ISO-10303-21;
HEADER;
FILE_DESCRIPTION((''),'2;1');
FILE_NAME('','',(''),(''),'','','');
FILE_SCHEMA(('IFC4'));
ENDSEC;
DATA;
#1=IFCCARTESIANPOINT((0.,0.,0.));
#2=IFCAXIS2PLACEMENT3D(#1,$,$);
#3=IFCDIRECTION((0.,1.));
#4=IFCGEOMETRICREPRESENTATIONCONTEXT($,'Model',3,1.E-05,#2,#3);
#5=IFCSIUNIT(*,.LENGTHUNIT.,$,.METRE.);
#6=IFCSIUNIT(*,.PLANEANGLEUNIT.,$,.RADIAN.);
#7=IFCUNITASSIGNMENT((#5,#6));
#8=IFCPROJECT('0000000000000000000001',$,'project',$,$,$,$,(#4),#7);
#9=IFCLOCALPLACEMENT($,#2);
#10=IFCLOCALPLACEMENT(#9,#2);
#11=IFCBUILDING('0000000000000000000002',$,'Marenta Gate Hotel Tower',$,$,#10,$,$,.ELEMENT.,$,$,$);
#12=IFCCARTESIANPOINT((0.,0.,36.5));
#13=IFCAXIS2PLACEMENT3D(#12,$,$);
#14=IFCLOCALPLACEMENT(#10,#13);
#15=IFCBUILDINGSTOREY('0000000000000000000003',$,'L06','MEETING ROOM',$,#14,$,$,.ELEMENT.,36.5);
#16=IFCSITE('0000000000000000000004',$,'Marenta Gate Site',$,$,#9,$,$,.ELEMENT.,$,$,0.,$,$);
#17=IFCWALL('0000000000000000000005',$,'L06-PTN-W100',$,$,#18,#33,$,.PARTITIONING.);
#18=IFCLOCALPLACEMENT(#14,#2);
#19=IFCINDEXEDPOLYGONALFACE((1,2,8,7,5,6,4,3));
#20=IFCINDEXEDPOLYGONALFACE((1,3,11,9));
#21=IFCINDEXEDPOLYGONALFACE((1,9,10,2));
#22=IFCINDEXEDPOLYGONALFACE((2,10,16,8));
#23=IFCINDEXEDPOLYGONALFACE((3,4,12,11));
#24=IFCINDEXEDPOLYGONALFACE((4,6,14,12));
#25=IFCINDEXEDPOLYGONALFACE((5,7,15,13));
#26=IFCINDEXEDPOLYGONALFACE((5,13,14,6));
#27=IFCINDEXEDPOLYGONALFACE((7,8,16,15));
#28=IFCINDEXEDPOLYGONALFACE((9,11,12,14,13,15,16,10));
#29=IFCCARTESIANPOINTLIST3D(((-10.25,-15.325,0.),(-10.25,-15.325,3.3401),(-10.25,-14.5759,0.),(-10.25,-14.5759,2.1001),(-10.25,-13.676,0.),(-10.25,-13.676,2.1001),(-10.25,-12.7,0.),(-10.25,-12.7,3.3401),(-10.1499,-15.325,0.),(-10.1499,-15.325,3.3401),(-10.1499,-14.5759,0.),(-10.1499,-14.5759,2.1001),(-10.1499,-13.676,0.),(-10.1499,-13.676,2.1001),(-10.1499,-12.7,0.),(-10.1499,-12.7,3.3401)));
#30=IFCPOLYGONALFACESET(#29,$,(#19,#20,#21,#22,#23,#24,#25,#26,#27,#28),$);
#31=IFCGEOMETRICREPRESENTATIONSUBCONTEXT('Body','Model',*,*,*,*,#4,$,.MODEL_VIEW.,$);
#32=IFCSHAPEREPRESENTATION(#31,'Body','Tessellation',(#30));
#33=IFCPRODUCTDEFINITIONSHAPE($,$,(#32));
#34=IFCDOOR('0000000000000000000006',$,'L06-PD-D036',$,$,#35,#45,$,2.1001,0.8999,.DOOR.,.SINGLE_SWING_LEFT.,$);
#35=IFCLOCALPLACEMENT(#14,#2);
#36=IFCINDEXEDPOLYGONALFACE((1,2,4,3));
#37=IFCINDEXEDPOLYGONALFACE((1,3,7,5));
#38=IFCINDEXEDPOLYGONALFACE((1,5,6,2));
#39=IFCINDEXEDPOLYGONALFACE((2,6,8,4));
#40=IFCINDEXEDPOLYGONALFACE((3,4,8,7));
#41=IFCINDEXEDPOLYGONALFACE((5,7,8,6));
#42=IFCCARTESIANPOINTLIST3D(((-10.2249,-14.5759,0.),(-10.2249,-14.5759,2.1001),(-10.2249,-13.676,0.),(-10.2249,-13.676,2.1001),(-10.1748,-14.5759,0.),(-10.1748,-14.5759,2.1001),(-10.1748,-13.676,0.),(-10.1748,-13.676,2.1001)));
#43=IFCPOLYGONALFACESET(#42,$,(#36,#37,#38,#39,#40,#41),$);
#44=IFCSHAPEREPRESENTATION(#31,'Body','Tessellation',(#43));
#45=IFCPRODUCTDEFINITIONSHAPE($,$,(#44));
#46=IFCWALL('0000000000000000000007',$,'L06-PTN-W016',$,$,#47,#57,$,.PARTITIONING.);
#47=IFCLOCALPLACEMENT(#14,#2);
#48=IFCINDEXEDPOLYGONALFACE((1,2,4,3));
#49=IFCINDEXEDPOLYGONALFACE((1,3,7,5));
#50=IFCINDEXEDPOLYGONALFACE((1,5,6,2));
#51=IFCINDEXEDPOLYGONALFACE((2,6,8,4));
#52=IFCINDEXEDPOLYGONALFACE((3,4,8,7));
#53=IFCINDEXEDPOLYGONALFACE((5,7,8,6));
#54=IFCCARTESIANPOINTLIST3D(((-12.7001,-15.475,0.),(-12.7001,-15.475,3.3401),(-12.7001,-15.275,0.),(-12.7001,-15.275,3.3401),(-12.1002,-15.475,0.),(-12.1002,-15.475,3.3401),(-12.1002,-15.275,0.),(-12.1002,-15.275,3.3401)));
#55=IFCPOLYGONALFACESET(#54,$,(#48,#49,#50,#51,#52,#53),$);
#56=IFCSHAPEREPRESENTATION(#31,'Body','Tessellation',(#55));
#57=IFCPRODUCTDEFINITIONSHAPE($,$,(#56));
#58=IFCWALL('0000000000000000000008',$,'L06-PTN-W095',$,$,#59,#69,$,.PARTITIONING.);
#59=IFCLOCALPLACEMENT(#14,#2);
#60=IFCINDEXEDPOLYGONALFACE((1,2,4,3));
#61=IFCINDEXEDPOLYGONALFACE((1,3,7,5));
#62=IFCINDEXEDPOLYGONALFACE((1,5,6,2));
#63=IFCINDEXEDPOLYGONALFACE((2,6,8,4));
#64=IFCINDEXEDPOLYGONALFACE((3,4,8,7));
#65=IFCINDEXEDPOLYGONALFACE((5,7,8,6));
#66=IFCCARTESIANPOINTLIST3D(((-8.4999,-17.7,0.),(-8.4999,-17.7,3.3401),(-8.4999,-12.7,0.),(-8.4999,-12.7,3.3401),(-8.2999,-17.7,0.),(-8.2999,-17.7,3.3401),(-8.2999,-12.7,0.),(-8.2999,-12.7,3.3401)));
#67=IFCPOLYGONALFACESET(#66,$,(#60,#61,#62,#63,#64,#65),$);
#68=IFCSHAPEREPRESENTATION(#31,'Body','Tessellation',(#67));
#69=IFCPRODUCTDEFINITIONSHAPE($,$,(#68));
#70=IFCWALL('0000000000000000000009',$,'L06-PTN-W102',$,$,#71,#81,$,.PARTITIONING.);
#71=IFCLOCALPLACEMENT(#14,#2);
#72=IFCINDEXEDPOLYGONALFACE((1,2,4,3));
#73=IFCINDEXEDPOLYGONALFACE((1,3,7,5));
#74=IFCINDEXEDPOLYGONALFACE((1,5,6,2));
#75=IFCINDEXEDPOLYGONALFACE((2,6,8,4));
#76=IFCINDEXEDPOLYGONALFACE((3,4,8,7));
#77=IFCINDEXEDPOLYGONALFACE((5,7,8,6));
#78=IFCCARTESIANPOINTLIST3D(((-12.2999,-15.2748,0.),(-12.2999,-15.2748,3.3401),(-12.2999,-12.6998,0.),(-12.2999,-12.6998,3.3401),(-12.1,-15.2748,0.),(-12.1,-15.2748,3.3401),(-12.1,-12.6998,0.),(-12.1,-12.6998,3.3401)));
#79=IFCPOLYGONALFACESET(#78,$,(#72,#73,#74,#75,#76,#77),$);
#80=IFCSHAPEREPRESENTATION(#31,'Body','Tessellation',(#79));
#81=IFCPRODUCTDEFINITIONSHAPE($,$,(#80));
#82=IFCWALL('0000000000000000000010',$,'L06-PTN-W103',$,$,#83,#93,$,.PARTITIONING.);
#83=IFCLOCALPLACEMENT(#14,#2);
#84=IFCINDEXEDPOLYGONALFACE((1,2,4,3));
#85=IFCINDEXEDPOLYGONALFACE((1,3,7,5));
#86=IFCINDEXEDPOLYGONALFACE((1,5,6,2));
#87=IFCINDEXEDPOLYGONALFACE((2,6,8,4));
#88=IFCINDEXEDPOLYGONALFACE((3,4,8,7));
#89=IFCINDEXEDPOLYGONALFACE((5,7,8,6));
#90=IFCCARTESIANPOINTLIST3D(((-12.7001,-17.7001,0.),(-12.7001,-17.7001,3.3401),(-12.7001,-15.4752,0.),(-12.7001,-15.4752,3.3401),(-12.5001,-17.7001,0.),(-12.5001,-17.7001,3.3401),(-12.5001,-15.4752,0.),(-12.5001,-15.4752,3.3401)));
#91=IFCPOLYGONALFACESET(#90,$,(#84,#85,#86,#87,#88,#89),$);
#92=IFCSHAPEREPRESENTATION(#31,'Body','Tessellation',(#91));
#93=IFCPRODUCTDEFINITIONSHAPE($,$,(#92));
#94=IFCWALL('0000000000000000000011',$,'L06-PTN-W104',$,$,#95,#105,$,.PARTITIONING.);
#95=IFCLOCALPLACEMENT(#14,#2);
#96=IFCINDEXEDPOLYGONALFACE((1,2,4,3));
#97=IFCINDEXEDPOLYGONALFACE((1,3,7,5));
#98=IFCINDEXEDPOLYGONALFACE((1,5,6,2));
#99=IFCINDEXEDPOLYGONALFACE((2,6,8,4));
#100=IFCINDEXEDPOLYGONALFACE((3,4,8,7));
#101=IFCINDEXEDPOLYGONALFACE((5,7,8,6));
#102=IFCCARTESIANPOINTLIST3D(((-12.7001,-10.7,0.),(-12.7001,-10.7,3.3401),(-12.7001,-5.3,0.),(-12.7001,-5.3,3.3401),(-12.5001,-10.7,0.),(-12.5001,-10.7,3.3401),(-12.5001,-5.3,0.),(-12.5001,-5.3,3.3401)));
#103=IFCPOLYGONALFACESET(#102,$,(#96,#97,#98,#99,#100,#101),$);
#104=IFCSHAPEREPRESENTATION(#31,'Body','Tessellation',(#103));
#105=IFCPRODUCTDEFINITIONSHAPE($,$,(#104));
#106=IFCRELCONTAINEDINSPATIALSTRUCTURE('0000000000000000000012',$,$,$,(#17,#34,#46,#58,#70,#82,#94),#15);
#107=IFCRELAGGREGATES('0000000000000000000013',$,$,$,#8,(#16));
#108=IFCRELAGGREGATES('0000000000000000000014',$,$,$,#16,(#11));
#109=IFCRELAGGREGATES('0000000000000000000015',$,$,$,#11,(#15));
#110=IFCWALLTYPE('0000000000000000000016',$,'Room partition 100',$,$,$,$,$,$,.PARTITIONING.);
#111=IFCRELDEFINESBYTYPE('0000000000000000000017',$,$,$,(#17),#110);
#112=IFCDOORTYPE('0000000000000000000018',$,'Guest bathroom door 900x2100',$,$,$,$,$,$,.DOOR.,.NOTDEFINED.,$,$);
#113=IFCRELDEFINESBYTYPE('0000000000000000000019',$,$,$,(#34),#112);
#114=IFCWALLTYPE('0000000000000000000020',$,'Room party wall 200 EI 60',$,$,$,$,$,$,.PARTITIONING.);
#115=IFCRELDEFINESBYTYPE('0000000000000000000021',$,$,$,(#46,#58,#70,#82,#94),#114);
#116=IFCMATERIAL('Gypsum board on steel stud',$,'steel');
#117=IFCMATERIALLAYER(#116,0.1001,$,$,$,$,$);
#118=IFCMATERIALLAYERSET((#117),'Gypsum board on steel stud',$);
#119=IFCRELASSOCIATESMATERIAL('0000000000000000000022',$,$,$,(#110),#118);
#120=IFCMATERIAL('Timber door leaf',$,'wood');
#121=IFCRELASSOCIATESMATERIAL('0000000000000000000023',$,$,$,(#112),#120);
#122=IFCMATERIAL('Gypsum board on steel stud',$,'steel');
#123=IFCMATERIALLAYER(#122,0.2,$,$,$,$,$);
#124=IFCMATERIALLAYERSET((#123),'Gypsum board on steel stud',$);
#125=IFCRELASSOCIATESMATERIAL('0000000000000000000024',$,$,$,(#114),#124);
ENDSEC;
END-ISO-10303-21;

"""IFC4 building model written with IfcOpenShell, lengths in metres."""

from ifc_helpers import new_model, si_unit, direction, frame, frame_2d, origin, place, context, subcontext, project, spatial, rectangle, extrude, material, layer, layer_set, type_object, element, fill, save


model = new_model("IFC4")

# Units and contexts
model_context = context("Model", 3, precision=1e-05, world=origin(), true_north=direction((0.0, 1.0)))
body_context = subcontext(model_context, "Body", "Model", "MODEL_VIEW")
ifc_project = project(units=[si_unit("LENGTHUNIT", "METRE"), si_unit("PLANEANGLEUNIT", "RADIAN")], contexts=[model_context])

# Site, building, storey
site_placement = place(None, origin())
site = spatial("IfcSite", under=ifc_project, at=site_placement, Name="Marenta Gate Site", CompositionType="ELEMENT", RefElevation=0.0)
building_placement = place(site_placement, origin())
building = spatial("IfcBuilding", under=site, at=building_placement, Name="Marenta Gate Hotel Tower", CompositionType="ELEMENT")
storey_placement = place(building_placement, frame((0.0, 0.0, 36.5)))
storey = spatial("IfcBuildingStorey", under=building, at=storey_placement, Name="L06", Description="MEETING ROOM", CompositionType="ELEMENT", Elevation=36.5)

# Shared definitions
ifc_material_1 = material(Name="Gypsum board on steel stud", Category="steel")
ifc_layer_1 = layer(ifc_material_1, 0.1001)
ifc_layer_set_1 = layer_set([ifc_layer_1], Name="Gypsum board on steel stud")
wall_type_1 = type_object("IfcWallType", Name="Room partition 100", PredefinedType="PARTITIONING", material=ifc_layer_set_1)

# Wall, opening, door
wall_1_placement = place(storey_placement, frame((-10.2, -15.325, 0.0), z_axis=(0.0, 0.0, 1.0), x_axis=(0.0, 1.0, 0.0)))
wall_1 = element("IfcWall", 1, at=wall_1_placement, inside=storey, type_object=wall_type_1, Name="L06-PTN-W100", PredefinedType="PARTITIONING", context=body_context, shape_type="SweptSolid", body=[
    extrude(rectangle(XDim=2.625, YDim=0.1001, at=frame_2d((1.3125, 0.0))), origin(), (0.0, 0.0, 1.0), 3.3401),
])
opening_placement = place(wall_1_placement, frame((0.749, 0.0, 0.0)))
opening = element("IfcOpeningElement", 2, at=opening_placement, cuts=wall_1, PredefinedType="OPENING", context=body_context, shape_type="SweptSolid", body=[
    extrude(rectangle(XDim=0.8999, YDim=2.1001, at=frame_2d((0.45, 1.05))), frame((0.0, 0.05, 0.0), z_axis=(0.0, -1.0, 0.0), x_axis=(1.0, 0.0, 0.0)), (0.0, 0.0, 1.0), 0.1001),
])
ifc_material_2 = material(Name="Timber door leaf", Category="wood")
door_type = type_object("IfcDoorType", Name="Guest bathroom door 900x2100", OperationType="NOTDEFINED", PredefinedType="DOOR", material=ifc_material_2)
door_placement = place(opening_placement, origin())
door = element("IfcDoor", 3, at=door_placement, inside=storey, type_object=door_type, Name="L06-PD-D036", OperationType="SINGLE_SWING_LEFT", OverallHeight=2.1001, OverallWidth=0.8999, PredefinedType="DOOR", context=body_context, shape_type="SweptSolid", body=[
    extrude(rectangle(XDim=0.8999, YDim=2.1001, at=frame_2d((0.45, 1.05))), frame((0.0, 0.0249, 0.0), z_axis=(0.0, -1.0, 0.0), x_axis=(1.0, 0.0, 0.0)), (0.0, 0.0, 1.0), 0.05),
])
fill(opening, door)

# Walls
ifc_material_3 = material(Name="Gypsum board on steel stud", Category="steel")
ifc_layer_2 = layer(ifc_material_3, 0.2)
ifc_layer_set_2 = layer_set([ifc_layer_2], Name="Gypsum board on steel stud")
wall_type_2 = type_object("IfcWallType", Name="Room party wall 200 EI 60", PredefinedType="PARTITIONING", material=ifc_layer_set_2)
wall_2_placement = place(storey_placement, frame((-12.7, -15.375, 0.0), z_axis=(0.0, 0.0, 1.0), x_axis=(1.0, 0.0, 0.0)))
element("IfcWall", 4, at=wall_2_placement, inside=storey, type_object=wall_type_2, Name="L06-PTN-W016", PredefinedType="PARTITIONING", context=body_context, shape_type="SweptSolid", body=[
    extrude(rectangle(XDim=0.5999, YDim=0.2, at=frame_2d((0.2998, 0.0))), origin(), (0.0, 0.0, 1.0), 3.3401),
])
wall_3_placement = place(storey_placement, frame((-8.3999, -17.7, 0.0), z_axis=(0.0, 0.0, 1.0), x_axis=(0.0, 1.0, 0.0)))
element("IfcWall", 5, at=wall_3_placement, inside=storey, type_object=wall_type_2, Name="L06-PTN-W095", PredefinedType="PARTITIONING", context=body_context, shape_type="SweptSolid", body=[
    extrude(rectangle(XDim=5.0, YDim=0.2, at=frame_2d((2.5, 0.0))), origin(), (0.0, 0.0, 1.0), 3.3401),
])
wall_4_placement = place(storey_placement, frame((-12.2, -15.2749, 0.0), z_axis=(0.0, 0.0, 1.0), x_axis=(0.0, 1.0, 0.0)))
element("IfcWall", 6, at=wall_4_placement, inside=storey, type_object=wall_type_2, Name="L06-PTN-W102", PredefinedType="PARTITIONING", context=body_context, shape_type="SweptSolid", body=[
    extrude(rectangle(XDim=2.575, YDim=0.2, at=frame_2d((1.2876, 0.0))), origin(), (0.0, 0.0, 1.0), 3.3401),
])
wall_5_placement = place(storey_placement, frame((-12.6001, -17.7, 0.0), z_axis=(0.0, 0.0, 1.0), x_axis=(0.0, 1.0, 0.0)))
element("IfcWall", 7, at=wall_5_placement, inside=storey, type_object=wall_type_2, Name="L06-PTN-W103", PredefinedType="PARTITIONING", context=body_context, shape_type="SweptSolid", body=[
    extrude(rectangle(XDim=2.2249, YDim=0.2, at=frame_2d((1.1123, 0.0))), origin(), (0.0, 0.0, 1.0), 3.3401),
])
wall_6_placement = place(storey_placement, frame((-12.6001, -10.7, 0.0), z_axis=(0.0, 0.0, 1.0), x_axis=(0.0, 1.0, 0.0)))
element("IfcWall", 8, at=wall_6_placement, inside=storey, type_object=wall_type_2, Name="L06-PTN-W104", PredefinedType="PARTITIONING", context=body_context, shape_type="SweptSolid", body=[
    extrude(rectangle(XDim=5.3999, YDim=0.2, at=frame_2d((2.7, 0.0))), origin(), (0.0, 0.0, 1.0), 3.3401),
])

save(model, "model.ifc")
